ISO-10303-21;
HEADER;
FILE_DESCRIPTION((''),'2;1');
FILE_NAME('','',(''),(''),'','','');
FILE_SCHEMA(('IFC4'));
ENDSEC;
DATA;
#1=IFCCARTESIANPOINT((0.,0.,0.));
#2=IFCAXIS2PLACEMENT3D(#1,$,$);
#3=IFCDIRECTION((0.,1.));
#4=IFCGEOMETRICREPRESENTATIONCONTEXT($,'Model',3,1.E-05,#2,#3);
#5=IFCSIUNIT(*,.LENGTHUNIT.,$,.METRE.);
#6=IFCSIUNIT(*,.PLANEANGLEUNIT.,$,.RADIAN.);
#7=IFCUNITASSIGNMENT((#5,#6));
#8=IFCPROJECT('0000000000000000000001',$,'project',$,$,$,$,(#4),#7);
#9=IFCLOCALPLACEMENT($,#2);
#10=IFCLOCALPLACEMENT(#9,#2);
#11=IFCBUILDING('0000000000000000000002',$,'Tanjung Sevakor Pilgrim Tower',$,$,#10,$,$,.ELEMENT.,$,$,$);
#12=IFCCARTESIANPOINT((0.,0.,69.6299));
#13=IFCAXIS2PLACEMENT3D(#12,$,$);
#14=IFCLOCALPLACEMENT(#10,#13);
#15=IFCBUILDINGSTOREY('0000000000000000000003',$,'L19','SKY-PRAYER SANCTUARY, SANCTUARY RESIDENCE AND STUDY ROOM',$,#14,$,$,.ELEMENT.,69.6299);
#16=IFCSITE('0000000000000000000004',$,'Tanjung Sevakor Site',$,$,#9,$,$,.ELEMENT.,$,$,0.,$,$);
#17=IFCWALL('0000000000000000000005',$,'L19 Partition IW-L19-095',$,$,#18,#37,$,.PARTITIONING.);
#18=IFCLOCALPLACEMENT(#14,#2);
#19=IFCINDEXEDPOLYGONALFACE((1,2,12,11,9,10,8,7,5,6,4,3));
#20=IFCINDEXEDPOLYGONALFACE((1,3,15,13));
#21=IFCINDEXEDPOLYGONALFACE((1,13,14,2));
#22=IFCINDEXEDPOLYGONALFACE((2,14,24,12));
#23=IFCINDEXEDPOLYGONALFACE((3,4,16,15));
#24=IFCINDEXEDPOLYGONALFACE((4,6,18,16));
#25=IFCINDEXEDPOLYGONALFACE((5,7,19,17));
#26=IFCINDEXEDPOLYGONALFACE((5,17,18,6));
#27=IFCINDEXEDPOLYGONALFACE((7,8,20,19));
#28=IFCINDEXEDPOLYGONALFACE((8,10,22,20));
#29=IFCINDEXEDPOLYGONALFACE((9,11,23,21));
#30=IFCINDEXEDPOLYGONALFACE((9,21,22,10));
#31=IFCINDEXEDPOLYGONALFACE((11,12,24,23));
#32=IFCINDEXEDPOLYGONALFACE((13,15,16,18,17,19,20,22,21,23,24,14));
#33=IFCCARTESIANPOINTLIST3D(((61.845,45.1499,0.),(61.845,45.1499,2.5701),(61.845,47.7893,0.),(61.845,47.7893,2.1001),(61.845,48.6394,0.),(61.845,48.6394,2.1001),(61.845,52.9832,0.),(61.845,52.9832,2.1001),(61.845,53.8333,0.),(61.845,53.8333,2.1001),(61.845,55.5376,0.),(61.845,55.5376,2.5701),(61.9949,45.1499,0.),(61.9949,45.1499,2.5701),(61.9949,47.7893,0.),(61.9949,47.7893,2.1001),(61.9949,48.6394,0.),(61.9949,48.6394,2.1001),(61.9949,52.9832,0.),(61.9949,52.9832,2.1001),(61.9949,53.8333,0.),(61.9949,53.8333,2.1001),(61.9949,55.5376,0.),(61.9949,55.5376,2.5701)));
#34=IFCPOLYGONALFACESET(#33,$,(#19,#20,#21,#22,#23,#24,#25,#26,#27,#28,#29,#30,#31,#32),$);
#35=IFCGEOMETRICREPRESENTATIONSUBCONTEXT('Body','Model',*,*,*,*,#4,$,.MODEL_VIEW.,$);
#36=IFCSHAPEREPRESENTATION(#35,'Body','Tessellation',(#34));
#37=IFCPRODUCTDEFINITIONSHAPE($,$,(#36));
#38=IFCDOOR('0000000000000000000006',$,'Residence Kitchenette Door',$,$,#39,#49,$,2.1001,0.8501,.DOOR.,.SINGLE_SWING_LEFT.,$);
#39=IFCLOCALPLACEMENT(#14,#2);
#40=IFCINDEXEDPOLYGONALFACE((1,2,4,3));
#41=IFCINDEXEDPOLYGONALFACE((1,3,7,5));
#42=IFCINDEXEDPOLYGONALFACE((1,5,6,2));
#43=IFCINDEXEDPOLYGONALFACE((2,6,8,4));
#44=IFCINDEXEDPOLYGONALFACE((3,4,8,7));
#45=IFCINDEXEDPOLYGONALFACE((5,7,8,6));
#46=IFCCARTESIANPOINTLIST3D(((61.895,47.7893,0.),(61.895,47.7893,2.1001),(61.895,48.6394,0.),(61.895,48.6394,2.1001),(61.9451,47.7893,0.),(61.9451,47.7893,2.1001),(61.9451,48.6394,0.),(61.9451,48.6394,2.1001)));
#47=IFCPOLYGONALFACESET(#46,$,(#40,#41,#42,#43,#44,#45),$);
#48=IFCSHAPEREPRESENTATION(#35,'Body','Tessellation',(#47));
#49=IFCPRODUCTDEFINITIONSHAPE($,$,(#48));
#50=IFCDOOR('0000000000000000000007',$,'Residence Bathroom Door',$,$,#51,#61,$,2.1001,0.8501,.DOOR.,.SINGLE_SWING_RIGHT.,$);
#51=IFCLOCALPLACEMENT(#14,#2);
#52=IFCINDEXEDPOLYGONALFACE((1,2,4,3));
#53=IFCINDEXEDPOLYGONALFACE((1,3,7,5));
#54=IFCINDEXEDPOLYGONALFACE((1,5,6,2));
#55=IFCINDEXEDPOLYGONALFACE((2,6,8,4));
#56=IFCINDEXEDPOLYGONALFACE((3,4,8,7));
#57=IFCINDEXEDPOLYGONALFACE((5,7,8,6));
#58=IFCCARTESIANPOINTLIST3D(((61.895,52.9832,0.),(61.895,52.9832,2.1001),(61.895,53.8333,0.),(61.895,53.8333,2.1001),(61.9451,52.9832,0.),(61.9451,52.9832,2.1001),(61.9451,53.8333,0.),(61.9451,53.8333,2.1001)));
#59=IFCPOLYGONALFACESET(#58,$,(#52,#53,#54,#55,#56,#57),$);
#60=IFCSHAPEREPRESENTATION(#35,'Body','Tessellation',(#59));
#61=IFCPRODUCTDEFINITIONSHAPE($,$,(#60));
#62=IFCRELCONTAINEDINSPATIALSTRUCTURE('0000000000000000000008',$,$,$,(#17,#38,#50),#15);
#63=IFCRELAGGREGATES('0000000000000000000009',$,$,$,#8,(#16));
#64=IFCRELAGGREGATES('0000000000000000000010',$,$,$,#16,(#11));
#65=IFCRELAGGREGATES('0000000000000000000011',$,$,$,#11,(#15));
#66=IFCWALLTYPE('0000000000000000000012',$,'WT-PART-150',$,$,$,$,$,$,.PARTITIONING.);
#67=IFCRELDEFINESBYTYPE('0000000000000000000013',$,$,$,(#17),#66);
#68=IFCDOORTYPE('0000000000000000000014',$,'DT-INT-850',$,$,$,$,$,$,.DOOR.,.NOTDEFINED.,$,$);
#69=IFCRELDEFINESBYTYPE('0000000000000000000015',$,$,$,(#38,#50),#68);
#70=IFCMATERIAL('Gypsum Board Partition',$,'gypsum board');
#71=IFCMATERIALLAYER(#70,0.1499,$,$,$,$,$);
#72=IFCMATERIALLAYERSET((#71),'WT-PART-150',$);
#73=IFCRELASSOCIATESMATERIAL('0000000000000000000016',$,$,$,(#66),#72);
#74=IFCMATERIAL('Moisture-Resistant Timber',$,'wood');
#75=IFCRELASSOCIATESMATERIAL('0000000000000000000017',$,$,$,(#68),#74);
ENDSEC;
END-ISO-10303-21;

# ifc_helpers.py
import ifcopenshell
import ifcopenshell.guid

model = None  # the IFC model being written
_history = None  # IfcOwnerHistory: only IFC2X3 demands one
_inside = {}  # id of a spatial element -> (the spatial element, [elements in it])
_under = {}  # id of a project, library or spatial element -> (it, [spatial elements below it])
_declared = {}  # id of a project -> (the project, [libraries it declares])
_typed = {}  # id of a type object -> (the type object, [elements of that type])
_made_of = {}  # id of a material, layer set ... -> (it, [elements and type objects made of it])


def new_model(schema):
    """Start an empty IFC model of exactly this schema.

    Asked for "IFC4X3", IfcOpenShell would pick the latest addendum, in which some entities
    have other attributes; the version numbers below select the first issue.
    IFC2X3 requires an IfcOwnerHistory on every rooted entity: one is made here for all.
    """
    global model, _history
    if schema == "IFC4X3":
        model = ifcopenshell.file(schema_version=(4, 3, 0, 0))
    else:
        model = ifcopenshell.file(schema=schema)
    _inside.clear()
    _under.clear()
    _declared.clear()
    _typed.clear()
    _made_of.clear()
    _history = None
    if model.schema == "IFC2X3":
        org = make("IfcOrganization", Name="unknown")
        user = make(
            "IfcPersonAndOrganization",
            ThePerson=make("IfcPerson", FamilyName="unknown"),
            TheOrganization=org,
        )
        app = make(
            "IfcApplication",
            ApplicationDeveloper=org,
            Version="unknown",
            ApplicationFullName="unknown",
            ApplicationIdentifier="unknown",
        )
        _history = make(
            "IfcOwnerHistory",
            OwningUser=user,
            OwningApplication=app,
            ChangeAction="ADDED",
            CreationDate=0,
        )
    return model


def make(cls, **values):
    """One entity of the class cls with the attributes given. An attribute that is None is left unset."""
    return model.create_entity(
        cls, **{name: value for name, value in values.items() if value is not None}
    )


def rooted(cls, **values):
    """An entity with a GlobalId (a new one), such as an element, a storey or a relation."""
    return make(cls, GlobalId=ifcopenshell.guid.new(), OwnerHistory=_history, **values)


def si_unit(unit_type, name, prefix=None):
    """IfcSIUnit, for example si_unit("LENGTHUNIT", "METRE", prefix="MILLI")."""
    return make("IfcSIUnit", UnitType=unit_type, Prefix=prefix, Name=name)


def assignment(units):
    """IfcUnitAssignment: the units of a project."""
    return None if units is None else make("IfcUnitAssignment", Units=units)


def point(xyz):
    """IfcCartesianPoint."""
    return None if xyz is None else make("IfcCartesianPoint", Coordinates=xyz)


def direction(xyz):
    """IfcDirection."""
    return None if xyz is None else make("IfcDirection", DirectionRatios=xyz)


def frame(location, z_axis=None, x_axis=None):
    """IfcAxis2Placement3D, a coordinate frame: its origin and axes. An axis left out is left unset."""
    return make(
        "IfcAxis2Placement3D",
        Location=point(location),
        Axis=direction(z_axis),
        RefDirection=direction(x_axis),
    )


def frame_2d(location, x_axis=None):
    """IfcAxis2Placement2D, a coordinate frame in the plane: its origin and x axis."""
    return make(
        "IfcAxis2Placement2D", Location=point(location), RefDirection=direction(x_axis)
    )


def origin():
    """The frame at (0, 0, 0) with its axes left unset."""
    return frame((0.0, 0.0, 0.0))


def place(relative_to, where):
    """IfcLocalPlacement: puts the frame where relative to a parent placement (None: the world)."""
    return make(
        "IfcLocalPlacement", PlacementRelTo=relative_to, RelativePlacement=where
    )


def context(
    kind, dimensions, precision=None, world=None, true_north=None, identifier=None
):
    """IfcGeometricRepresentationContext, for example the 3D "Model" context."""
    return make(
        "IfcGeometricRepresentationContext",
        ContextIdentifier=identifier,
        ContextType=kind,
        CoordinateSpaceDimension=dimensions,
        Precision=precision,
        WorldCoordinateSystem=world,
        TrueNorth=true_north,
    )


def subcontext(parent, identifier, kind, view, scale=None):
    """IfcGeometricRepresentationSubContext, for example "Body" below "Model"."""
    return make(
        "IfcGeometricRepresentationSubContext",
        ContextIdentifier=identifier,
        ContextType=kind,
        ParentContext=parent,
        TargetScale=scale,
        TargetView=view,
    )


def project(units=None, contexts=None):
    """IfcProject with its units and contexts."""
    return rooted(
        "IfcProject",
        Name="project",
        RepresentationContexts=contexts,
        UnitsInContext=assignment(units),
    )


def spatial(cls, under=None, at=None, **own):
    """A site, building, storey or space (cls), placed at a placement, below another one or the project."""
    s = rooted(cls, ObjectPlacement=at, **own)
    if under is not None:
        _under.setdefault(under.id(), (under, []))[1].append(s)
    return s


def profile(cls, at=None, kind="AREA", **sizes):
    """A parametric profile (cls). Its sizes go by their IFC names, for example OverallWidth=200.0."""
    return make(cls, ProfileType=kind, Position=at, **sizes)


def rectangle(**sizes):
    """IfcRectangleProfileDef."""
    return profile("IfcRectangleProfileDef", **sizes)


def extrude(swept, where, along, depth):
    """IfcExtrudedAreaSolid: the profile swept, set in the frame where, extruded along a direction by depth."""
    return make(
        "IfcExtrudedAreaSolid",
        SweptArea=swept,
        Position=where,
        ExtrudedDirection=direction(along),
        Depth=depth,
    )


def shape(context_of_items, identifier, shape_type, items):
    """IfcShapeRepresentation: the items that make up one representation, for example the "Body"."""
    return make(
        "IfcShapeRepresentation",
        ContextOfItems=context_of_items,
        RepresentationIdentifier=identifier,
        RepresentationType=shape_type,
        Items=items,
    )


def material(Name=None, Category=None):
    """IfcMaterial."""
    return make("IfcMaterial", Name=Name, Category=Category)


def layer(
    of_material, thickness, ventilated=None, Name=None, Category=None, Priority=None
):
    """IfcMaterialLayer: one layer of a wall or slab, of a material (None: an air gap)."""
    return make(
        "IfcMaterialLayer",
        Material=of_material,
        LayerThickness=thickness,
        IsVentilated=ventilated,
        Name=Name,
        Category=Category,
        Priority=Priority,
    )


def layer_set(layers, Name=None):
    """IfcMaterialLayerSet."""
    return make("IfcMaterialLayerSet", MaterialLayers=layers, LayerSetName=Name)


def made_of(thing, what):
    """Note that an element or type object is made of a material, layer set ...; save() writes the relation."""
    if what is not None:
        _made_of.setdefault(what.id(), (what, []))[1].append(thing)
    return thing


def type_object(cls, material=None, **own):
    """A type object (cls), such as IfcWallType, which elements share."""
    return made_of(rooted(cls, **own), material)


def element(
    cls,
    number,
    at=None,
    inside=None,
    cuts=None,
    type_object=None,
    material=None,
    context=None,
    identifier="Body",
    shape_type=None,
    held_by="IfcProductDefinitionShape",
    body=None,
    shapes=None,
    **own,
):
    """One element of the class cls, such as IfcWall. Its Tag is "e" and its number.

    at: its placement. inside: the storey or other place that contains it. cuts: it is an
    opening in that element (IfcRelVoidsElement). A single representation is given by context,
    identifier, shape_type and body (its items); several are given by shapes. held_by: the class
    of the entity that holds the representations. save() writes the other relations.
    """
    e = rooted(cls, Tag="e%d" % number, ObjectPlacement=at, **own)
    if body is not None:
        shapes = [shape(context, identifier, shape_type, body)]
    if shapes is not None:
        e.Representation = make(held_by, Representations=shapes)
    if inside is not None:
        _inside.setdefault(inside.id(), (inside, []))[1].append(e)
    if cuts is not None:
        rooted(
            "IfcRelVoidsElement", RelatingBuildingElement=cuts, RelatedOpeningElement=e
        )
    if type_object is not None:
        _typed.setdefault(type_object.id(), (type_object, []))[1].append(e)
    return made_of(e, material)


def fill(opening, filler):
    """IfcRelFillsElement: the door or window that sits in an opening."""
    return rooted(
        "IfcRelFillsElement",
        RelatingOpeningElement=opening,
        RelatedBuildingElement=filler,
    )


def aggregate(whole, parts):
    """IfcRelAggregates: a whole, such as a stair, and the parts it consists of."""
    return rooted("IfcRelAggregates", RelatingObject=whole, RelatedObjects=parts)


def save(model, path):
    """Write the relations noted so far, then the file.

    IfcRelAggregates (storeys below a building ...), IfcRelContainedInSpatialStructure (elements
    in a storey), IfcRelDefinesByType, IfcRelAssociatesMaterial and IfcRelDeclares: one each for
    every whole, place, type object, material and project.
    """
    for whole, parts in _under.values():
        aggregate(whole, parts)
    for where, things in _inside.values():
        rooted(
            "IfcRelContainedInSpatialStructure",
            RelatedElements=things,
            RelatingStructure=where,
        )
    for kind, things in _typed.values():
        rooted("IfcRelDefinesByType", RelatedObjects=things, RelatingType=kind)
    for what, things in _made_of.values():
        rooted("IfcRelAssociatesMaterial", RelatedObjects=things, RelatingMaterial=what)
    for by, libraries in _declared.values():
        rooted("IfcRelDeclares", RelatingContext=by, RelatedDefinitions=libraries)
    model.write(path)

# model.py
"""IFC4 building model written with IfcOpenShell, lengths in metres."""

from ifc_helpers import new_model, si_unit, direction, frame, frame_2d, origin, place, context, subcontext, project, spatial, rectangle, extrude, material, layer, layer_set, type_object, element, fill, save


model = new_model("IFC4")

# Units and contexts
model_context = context("Model", 3, precision=1e-05, world=origin(), true_north=direction((0.0, 1.0)))
body_context = subcontext(model_context, "Body", "Model", "MODEL_VIEW")
ifc_project = project(units=[si_unit("LENGTHUNIT", "METRE"), si_unit("PLANEANGLEUNIT", "RADIAN")], contexts=[model_context])

# Site, building, storey
site_placement = place(None, origin())
site = spatial("IfcSite", under=ifc_project, at=site_placement, Name="Tanjung Sevakor Site", CompositionType="ELEMENT", RefElevation=0.0)
building_placement = place(site_placement, origin())
building = spatial("IfcBuilding", under=site, at=building_placement, Name="Tanjung Sevakor Pilgrim Tower", CompositionType="ELEMENT")
storey_placement = place(building_placement, frame((0.0, 0.0, 69.6299)))
storey = spatial("IfcBuildingStorey", under=building, at=storey_placement, Name="L19", Description="SKY-PRAYER SANCTUARY, SANCTUARY RESIDENCE AND STUDY ROOM", CompositionType="ELEMENT", Elevation=69.6299)

# Wall, openings, doors
ifc_material_1 = material(Name="Gypsum Board Partition", Category="gypsum board")
ifc_layer_1 = layer(ifc_material_1, 0.1499)
ifc_layer_set_1 = layer_set([ifc_layer_1], Name="WT-PART-150")
wall_type_1 = type_object("IfcWallType", Name="WT-PART-150", PredefinedType="PARTITIONING", material=ifc_layer_set_1)
wall_1_placement = place(storey_placement, frame((61.9199, 45.1499, 0.0), z_axis=(0.0, 0.0, 1.0), x_axis=(0.0, 1.0, 0.0)))
wall_1 = element("IfcWall", 1, at=wall_1_placement, inside=storey, type_object=wall_type_1, Name="L19 Partition IW-L19-095", PredefinedType="PARTITIONING", context=body_context, shape_type="SweptSolid", body=[
    extrude(rectangle(XDim=10.3877, YDim=0.1499, at=frame_2d((5.1938, 0.0))), origin(), (0.0, 0.0, 1.0), 2.5701),
])
opening_1_placement = place(wall_1_placement, frame((2.6394, 0.0, 0.0)))
opening_1 = element("IfcOpeningElement", 2, at=opening_1_placement, cuts=wall_1, PredefinedType="OPENING", context=body_context, shape_type="SweptSolid", body=[
    extrude(rectangle(XDim=0.8501, YDim=2.1001, at=frame_2d((0.425, 1.05))), frame((0.0, 0.085, 0.0), z_axis=(0.0, -1.0, 0.0), x_axis=(1.0, 0.0, 0.0)), (0.0, 0.0, 1.0), 0.1699),
])
opening_2_placement = place(wall_1_placement, frame((7.8333, 0.0, 0.0)))
opening_2 = element("IfcOpeningElement", 3, at=opening_2_placement, cuts=wall_1, PredefinedType="OPENING", context=body_context, shape_type="SweptSolid", body=[
    extrude(rectangle(XDim=0.8501, YDim=2.1001, at=frame_2d((0.425, 1.05))), frame((0.0, 0.085, 0.0), z_axis=(0.0, -1.0, 0.0), x_axis=(1.0, 0.0, 0.0)), (0.0, 0.0, 1.0), 0.1699),
])
ifc_material_2 = material(Name="Moisture-Resistant Timber", Category="wood")
door_type_1 = type_object("IfcDoorType", Name="DT-INT-850", OperationType="NOTDEFINED", PredefinedType="DOOR", material=ifc_material_2)
door_1_placement = place(opening_1_placement, origin())
door_1 = element("IfcDoor", 4, at=door_1_placement, inside=storey, type_object=door_type_1, Name="Residence Kitchenette Door", OperationType="SINGLE_SWING_LEFT", OverallHeight=2.1001, OverallWidth=0.8501, PredefinedType="DOOR", context=body_context, shape_type="SweptSolid", body=[
    extrude(rectangle(XDim=0.8501, YDim=2.1001, at=frame_2d((0.425, 1.05))), frame((0.0, 0.0249, 0.0), z_axis=(0.0, -1.0, 0.0), x_axis=(1.0, 0.0, 0.0)), (0.0, 0.0, 1.0), 0.05),
])
fill(opening_1, door_1)
door_2_placement = place(opening_2_placement, origin())
door_2 = element("IfcDoor", 5, at=door_2_placement, inside=storey, type_object=door_type_1, Name="Residence Bathroom Door", OperationType="SINGLE_SWING_RIGHT", OverallHeight=2.1001, OverallWidth=0.8501, PredefinedType="DOOR", context=body_context, shape_type="SweptSolid", body=[
    extrude(rectangle(XDim=0.8501, YDim=2.1001, at=frame_2d((0.425, 1.05))), frame((0.0, 0.0249, 0.0), z_axis=(0.0, -1.0, 0.0), x_axis=(1.0, 0.0, 0.0)), (0.0, 0.0, 1.0), 0.05),
])
fill(opening_2, door_2)

save(model, "model.ifc")
